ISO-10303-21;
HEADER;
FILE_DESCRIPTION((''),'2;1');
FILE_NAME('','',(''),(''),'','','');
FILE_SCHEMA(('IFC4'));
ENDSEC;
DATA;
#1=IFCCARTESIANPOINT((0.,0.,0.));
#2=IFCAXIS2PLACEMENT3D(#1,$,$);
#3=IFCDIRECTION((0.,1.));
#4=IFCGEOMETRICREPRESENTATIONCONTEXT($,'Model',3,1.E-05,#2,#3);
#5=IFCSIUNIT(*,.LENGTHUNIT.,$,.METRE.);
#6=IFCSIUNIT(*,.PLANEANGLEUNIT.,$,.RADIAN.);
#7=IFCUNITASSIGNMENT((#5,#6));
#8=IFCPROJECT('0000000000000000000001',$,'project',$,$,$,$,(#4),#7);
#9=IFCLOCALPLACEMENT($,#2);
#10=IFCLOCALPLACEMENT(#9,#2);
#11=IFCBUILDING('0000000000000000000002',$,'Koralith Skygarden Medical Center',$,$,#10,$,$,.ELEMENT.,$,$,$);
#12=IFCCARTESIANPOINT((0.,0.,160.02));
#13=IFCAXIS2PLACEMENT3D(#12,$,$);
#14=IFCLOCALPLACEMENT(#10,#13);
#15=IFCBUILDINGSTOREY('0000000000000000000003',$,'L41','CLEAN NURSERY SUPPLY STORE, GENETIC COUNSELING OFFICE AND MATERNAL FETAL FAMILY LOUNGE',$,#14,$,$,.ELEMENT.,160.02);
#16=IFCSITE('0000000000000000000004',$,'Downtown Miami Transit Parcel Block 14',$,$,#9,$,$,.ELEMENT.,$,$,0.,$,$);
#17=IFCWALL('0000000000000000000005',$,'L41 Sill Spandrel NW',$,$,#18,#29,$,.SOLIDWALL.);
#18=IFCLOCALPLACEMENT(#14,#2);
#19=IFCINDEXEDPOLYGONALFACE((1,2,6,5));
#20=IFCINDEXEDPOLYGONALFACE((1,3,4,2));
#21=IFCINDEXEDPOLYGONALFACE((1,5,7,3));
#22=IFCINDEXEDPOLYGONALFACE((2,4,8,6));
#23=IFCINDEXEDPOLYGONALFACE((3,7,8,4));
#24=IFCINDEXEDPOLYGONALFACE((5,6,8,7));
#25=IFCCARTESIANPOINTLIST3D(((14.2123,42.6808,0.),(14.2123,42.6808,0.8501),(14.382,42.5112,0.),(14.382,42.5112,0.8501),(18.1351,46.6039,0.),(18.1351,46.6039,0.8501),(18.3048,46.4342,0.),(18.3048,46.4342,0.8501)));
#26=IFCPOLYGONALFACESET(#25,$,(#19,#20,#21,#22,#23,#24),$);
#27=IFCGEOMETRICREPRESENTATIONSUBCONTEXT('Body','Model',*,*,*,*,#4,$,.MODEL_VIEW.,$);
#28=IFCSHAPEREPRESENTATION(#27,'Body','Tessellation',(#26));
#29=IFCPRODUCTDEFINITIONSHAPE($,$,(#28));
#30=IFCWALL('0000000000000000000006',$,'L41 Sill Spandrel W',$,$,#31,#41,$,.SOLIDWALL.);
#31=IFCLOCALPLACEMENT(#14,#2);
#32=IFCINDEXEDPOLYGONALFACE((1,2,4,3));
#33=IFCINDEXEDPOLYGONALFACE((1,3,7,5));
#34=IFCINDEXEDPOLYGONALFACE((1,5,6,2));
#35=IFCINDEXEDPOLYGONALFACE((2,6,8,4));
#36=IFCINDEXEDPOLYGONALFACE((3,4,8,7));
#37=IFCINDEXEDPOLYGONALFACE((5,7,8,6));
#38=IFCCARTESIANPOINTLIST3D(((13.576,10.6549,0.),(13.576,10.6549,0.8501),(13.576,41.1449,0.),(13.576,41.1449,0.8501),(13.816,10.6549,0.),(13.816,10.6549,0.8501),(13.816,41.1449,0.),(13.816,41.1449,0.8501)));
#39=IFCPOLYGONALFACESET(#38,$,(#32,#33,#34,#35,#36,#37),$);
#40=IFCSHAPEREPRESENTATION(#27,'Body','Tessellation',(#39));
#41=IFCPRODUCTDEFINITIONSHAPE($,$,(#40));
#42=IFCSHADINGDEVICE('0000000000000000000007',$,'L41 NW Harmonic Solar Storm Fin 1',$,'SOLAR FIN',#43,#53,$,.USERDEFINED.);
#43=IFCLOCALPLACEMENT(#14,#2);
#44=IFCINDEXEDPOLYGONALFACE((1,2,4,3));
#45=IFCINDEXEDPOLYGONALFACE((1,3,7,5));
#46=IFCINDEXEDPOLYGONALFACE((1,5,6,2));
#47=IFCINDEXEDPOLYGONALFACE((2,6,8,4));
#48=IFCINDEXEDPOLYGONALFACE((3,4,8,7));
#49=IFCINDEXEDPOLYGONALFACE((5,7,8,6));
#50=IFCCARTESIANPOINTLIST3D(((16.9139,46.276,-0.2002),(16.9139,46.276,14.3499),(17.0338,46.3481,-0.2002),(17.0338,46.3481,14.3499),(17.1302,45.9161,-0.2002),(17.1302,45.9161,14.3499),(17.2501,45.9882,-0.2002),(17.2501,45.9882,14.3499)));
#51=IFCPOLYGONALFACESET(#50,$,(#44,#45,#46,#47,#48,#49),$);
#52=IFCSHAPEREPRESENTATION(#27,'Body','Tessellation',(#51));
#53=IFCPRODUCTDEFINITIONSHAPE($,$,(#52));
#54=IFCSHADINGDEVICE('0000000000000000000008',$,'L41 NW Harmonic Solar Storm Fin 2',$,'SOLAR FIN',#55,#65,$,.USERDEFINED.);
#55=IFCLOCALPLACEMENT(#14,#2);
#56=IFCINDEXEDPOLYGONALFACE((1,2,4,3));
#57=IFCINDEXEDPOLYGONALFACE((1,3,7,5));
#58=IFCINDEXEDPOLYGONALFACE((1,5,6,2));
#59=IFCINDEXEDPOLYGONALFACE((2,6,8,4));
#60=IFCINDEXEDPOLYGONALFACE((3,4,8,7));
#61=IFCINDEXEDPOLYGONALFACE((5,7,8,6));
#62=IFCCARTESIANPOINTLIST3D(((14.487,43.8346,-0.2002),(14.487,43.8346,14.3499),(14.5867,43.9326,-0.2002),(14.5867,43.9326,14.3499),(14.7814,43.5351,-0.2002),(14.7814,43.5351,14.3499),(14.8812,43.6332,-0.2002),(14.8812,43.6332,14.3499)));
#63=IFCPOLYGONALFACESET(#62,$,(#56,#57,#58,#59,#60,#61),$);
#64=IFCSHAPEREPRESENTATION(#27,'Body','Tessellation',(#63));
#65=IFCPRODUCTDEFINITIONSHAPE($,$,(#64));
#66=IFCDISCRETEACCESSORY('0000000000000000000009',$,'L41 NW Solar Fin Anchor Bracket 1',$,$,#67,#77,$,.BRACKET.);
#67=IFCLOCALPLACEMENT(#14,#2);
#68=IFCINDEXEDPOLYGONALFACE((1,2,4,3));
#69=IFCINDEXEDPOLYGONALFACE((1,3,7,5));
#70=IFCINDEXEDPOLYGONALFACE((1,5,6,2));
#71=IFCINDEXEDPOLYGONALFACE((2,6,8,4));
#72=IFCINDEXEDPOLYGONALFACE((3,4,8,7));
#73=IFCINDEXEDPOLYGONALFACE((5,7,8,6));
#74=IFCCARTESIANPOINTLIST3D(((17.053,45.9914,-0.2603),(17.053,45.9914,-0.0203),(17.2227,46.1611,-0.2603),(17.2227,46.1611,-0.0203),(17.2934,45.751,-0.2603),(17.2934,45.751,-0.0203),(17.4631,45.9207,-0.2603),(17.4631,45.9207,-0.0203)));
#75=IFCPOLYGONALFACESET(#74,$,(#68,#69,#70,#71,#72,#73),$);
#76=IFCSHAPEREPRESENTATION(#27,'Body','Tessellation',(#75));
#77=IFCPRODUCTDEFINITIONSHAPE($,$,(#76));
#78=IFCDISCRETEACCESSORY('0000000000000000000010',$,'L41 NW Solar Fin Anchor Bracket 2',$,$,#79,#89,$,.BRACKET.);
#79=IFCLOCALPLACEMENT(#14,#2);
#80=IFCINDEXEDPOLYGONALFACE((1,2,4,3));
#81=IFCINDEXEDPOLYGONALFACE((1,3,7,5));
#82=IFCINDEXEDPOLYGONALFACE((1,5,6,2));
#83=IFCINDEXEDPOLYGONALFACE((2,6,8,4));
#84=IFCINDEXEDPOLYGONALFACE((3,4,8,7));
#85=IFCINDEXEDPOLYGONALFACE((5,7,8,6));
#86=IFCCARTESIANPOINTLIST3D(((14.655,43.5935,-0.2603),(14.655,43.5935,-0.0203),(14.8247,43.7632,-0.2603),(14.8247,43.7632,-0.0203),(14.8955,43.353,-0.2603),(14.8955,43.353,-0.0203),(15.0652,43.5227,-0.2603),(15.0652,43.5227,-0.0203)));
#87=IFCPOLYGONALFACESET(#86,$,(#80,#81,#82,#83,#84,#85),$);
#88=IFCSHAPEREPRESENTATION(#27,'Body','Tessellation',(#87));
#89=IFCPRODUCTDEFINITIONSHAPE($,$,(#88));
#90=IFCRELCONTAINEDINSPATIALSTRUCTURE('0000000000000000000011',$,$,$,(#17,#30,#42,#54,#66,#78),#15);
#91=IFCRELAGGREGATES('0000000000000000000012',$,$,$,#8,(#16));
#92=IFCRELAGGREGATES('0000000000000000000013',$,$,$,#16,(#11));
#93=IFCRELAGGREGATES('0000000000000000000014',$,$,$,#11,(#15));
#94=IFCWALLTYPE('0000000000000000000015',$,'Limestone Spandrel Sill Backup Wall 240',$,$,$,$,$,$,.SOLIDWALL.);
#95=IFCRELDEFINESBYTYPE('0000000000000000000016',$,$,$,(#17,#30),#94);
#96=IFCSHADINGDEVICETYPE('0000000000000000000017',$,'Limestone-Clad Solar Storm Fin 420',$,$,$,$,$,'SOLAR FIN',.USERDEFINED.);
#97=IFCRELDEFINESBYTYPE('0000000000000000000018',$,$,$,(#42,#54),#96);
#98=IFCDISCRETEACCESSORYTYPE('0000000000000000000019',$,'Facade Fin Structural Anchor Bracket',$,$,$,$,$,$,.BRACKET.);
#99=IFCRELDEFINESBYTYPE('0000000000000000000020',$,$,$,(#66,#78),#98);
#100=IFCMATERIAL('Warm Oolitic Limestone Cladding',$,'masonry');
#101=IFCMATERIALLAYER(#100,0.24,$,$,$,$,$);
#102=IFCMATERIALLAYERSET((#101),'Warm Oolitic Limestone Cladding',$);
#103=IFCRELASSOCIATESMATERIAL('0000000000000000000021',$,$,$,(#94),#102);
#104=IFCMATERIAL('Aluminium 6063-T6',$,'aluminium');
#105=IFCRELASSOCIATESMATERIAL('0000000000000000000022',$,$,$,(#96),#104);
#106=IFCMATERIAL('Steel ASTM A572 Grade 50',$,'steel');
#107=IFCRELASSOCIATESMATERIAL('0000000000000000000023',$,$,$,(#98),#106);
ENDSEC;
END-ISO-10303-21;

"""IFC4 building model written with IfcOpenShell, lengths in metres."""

from ifc_helpers import new_model, si_unit, direction, frame, frame_2d, origin, origin_2d, place, context, subcontext, project, spatial, rectangle, extrude, material, layer, layer_set, type_object, element, save


model = new_model("IFC4")

# Units and contexts
model_context = context("Model", 3, precision=1e-05, world=origin(), true_north=direction((0.0, 1.0)))
body_context = subcontext(model_context, "Body", "Model", "MODEL_VIEW")
ifc_project = project(units=[si_unit("LENGTHUNIT", "METRE"), si_unit("PLANEANGLEUNIT", "RADIAN")], contexts=[model_context])

# Site, building, storey
site_placement = place(None, origin())
site = spatial("IfcSite", under=ifc_project, at=site_placement, Name="Downtown Miami Transit Parcel Block 14", CompositionType="ELEMENT", RefElevation=0.0)
building_placement = place(site_placement, origin())
building = spatial("IfcBuilding", under=site, at=building_placement, Name="Koralith Skygarden Medical Center", CompositionType="ELEMENT")
storey_placement = place(building_placement, frame((0.0, 0.0, 160.02)))
storey = spatial("IfcBuildingStorey", under=building, at=storey_placement, Name="L41", Description="CLEAN NURSERY SUPPLY STORE, GENETIC COUNSELING OFFICE AND MATERNAL FETAL FAMILY LOUNGE", CompositionType="ELEMENT", Elevation=160.02)

# Shared definitions
ifc_material_1 = material(Name="Aluminium 6063-T6", Category="aluminium")

# Shared definitions
ifc_material_2 = material(Name="Warm Oolitic Limestone Cladding", Category="masonry")

# Walls
ifc_layer_1 = layer(ifc_material_2, 0.24)
ifc_layer_set_1 = layer_set([ifc_layer_1], Name="Warm Oolitic Limestone Cladding")
wall_type = type_object("IfcWallType", Name="Limestone Spandrel Sill Backup Wall 240", PredefinedType="SOLIDWALL", material=ifc_layer_set_1)
wall_1_placement = place(storey_placement, frame((18.22, 46.519, 0.0), z_axis=(0.0, 0.0, 1.0), x_axis=(-0.707085, -0.707129, 0.0)))
element("IfcWall", 1, at=wall_1_placement, inside=storey, type_object=wall_type, Name="L41 Sill Spandrel NW", PredefinedType="SOLIDWALL", context=body_context, shape_type="SweptSolid", body=[
    extrude(rectangle(XDim=5.5479, YDim=0.24, at=frame_2d((2.7739, 0.0))), origin(), (0.0, 0.0, 1.0), 0.8501),
])
wall_2_placement = place(storey_placement, frame((13.696, 41.145, 0.0), z_axis=(0.0, 0.0, 1.0), x_axis=(0.0, -1.0, 0.0)))
element("IfcWall", 2, at=wall_2_placement, inside=storey, type_object=wall_type, Name="L41 Sill Spandrel W", PredefinedType="SOLIDWALL", context=body_context, shape_type="SweptSolid", body=[
    extrude(rectangle(XDim=30.49, YDim=0.24, at=frame_2d((15.2451, 0.0))), origin(), (0.0, 0.0, 1.0), 0.8501),
])

# Shading devices
shading_device_type = type_object("IfcShadingDeviceType", Name="Limestone-Clad Solar Storm Fin 420", ElementType="SOLAR FIN", PredefinedType="USERDEFINED", material=ifc_material_1)
for number, where, z_axis, x_axis, name in (
    (3, (17.082, 46.1321, -0.2002), (0.0, 0.0, 1.0), (-0.515158, 0.857095, 0.0), "L41 NW Harmonic Solar Storm Fin 1"),
    (4, (14.6841, 43.7339, -0.2002), (0.0, 0.0, 1.0), (-0.701121, 0.713042, 0.0), "L41 NW Harmonic Solar Storm Fin 2"),
):
    element("IfcShadingDevice", number, at=place(storey_placement, frame(where, z_axis=z_axis, x_axis=x_axis)), inside=storey, type_object=shading_device_type, Name=name, ObjectType="SOLAR FIN", PredefinedType="USERDEFINED", context=body_context, shape_type="SweptSolid", body=[
        extrude(rectangle(XDim=0.4199, YDim=0.1399, at=origin_2d()), origin(), (0.0, 0.0, 1.0), 14.55),
    ])

# Discrete accessories
ifc_material_3 = material(Name="Steel ASTM A572 Grade 50", Category="steel")
discrete_accessory_type = type_object("IfcDiscreteAccessoryType", Name="Facade Fin Structural Anchor Bracket", PredefinedType="BRACKET", material=ifc_material_3)
for number, where, z_axis, x_axis, name in (
    (5, (17.2581, 45.9561, -0.2603), (0.0, 0.0, 1.0), (-0.707107, 0.707107, 0.0), "L41 NW Solar Fin Anchor Bracket 1"),
    (6, (14.8601, 43.5581, -0.2603), (0.0, 0.0, 1.0), (-0.707107, 0.707107, 0.0), "L41 NW Solar Fin Anchor Bracket 2"),
):
    element("IfcDiscreteAccessory", number, at=place(storey_placement, frame(where, z_axis=z_axis, x_axis=x_axis)), inside=storey, type_object=discrete_accessory_type, Name=name, PredefinedType="BRACKET", context=body_context, shape_type="SweptSolid", body=[
        extrude(rectangle(XDim=0.3401, YDim=0.24, at=origin_2d()), origin(), (0.0, 0.0, 1.0), 0.24),
    ])

save(model, "model.ifc")
